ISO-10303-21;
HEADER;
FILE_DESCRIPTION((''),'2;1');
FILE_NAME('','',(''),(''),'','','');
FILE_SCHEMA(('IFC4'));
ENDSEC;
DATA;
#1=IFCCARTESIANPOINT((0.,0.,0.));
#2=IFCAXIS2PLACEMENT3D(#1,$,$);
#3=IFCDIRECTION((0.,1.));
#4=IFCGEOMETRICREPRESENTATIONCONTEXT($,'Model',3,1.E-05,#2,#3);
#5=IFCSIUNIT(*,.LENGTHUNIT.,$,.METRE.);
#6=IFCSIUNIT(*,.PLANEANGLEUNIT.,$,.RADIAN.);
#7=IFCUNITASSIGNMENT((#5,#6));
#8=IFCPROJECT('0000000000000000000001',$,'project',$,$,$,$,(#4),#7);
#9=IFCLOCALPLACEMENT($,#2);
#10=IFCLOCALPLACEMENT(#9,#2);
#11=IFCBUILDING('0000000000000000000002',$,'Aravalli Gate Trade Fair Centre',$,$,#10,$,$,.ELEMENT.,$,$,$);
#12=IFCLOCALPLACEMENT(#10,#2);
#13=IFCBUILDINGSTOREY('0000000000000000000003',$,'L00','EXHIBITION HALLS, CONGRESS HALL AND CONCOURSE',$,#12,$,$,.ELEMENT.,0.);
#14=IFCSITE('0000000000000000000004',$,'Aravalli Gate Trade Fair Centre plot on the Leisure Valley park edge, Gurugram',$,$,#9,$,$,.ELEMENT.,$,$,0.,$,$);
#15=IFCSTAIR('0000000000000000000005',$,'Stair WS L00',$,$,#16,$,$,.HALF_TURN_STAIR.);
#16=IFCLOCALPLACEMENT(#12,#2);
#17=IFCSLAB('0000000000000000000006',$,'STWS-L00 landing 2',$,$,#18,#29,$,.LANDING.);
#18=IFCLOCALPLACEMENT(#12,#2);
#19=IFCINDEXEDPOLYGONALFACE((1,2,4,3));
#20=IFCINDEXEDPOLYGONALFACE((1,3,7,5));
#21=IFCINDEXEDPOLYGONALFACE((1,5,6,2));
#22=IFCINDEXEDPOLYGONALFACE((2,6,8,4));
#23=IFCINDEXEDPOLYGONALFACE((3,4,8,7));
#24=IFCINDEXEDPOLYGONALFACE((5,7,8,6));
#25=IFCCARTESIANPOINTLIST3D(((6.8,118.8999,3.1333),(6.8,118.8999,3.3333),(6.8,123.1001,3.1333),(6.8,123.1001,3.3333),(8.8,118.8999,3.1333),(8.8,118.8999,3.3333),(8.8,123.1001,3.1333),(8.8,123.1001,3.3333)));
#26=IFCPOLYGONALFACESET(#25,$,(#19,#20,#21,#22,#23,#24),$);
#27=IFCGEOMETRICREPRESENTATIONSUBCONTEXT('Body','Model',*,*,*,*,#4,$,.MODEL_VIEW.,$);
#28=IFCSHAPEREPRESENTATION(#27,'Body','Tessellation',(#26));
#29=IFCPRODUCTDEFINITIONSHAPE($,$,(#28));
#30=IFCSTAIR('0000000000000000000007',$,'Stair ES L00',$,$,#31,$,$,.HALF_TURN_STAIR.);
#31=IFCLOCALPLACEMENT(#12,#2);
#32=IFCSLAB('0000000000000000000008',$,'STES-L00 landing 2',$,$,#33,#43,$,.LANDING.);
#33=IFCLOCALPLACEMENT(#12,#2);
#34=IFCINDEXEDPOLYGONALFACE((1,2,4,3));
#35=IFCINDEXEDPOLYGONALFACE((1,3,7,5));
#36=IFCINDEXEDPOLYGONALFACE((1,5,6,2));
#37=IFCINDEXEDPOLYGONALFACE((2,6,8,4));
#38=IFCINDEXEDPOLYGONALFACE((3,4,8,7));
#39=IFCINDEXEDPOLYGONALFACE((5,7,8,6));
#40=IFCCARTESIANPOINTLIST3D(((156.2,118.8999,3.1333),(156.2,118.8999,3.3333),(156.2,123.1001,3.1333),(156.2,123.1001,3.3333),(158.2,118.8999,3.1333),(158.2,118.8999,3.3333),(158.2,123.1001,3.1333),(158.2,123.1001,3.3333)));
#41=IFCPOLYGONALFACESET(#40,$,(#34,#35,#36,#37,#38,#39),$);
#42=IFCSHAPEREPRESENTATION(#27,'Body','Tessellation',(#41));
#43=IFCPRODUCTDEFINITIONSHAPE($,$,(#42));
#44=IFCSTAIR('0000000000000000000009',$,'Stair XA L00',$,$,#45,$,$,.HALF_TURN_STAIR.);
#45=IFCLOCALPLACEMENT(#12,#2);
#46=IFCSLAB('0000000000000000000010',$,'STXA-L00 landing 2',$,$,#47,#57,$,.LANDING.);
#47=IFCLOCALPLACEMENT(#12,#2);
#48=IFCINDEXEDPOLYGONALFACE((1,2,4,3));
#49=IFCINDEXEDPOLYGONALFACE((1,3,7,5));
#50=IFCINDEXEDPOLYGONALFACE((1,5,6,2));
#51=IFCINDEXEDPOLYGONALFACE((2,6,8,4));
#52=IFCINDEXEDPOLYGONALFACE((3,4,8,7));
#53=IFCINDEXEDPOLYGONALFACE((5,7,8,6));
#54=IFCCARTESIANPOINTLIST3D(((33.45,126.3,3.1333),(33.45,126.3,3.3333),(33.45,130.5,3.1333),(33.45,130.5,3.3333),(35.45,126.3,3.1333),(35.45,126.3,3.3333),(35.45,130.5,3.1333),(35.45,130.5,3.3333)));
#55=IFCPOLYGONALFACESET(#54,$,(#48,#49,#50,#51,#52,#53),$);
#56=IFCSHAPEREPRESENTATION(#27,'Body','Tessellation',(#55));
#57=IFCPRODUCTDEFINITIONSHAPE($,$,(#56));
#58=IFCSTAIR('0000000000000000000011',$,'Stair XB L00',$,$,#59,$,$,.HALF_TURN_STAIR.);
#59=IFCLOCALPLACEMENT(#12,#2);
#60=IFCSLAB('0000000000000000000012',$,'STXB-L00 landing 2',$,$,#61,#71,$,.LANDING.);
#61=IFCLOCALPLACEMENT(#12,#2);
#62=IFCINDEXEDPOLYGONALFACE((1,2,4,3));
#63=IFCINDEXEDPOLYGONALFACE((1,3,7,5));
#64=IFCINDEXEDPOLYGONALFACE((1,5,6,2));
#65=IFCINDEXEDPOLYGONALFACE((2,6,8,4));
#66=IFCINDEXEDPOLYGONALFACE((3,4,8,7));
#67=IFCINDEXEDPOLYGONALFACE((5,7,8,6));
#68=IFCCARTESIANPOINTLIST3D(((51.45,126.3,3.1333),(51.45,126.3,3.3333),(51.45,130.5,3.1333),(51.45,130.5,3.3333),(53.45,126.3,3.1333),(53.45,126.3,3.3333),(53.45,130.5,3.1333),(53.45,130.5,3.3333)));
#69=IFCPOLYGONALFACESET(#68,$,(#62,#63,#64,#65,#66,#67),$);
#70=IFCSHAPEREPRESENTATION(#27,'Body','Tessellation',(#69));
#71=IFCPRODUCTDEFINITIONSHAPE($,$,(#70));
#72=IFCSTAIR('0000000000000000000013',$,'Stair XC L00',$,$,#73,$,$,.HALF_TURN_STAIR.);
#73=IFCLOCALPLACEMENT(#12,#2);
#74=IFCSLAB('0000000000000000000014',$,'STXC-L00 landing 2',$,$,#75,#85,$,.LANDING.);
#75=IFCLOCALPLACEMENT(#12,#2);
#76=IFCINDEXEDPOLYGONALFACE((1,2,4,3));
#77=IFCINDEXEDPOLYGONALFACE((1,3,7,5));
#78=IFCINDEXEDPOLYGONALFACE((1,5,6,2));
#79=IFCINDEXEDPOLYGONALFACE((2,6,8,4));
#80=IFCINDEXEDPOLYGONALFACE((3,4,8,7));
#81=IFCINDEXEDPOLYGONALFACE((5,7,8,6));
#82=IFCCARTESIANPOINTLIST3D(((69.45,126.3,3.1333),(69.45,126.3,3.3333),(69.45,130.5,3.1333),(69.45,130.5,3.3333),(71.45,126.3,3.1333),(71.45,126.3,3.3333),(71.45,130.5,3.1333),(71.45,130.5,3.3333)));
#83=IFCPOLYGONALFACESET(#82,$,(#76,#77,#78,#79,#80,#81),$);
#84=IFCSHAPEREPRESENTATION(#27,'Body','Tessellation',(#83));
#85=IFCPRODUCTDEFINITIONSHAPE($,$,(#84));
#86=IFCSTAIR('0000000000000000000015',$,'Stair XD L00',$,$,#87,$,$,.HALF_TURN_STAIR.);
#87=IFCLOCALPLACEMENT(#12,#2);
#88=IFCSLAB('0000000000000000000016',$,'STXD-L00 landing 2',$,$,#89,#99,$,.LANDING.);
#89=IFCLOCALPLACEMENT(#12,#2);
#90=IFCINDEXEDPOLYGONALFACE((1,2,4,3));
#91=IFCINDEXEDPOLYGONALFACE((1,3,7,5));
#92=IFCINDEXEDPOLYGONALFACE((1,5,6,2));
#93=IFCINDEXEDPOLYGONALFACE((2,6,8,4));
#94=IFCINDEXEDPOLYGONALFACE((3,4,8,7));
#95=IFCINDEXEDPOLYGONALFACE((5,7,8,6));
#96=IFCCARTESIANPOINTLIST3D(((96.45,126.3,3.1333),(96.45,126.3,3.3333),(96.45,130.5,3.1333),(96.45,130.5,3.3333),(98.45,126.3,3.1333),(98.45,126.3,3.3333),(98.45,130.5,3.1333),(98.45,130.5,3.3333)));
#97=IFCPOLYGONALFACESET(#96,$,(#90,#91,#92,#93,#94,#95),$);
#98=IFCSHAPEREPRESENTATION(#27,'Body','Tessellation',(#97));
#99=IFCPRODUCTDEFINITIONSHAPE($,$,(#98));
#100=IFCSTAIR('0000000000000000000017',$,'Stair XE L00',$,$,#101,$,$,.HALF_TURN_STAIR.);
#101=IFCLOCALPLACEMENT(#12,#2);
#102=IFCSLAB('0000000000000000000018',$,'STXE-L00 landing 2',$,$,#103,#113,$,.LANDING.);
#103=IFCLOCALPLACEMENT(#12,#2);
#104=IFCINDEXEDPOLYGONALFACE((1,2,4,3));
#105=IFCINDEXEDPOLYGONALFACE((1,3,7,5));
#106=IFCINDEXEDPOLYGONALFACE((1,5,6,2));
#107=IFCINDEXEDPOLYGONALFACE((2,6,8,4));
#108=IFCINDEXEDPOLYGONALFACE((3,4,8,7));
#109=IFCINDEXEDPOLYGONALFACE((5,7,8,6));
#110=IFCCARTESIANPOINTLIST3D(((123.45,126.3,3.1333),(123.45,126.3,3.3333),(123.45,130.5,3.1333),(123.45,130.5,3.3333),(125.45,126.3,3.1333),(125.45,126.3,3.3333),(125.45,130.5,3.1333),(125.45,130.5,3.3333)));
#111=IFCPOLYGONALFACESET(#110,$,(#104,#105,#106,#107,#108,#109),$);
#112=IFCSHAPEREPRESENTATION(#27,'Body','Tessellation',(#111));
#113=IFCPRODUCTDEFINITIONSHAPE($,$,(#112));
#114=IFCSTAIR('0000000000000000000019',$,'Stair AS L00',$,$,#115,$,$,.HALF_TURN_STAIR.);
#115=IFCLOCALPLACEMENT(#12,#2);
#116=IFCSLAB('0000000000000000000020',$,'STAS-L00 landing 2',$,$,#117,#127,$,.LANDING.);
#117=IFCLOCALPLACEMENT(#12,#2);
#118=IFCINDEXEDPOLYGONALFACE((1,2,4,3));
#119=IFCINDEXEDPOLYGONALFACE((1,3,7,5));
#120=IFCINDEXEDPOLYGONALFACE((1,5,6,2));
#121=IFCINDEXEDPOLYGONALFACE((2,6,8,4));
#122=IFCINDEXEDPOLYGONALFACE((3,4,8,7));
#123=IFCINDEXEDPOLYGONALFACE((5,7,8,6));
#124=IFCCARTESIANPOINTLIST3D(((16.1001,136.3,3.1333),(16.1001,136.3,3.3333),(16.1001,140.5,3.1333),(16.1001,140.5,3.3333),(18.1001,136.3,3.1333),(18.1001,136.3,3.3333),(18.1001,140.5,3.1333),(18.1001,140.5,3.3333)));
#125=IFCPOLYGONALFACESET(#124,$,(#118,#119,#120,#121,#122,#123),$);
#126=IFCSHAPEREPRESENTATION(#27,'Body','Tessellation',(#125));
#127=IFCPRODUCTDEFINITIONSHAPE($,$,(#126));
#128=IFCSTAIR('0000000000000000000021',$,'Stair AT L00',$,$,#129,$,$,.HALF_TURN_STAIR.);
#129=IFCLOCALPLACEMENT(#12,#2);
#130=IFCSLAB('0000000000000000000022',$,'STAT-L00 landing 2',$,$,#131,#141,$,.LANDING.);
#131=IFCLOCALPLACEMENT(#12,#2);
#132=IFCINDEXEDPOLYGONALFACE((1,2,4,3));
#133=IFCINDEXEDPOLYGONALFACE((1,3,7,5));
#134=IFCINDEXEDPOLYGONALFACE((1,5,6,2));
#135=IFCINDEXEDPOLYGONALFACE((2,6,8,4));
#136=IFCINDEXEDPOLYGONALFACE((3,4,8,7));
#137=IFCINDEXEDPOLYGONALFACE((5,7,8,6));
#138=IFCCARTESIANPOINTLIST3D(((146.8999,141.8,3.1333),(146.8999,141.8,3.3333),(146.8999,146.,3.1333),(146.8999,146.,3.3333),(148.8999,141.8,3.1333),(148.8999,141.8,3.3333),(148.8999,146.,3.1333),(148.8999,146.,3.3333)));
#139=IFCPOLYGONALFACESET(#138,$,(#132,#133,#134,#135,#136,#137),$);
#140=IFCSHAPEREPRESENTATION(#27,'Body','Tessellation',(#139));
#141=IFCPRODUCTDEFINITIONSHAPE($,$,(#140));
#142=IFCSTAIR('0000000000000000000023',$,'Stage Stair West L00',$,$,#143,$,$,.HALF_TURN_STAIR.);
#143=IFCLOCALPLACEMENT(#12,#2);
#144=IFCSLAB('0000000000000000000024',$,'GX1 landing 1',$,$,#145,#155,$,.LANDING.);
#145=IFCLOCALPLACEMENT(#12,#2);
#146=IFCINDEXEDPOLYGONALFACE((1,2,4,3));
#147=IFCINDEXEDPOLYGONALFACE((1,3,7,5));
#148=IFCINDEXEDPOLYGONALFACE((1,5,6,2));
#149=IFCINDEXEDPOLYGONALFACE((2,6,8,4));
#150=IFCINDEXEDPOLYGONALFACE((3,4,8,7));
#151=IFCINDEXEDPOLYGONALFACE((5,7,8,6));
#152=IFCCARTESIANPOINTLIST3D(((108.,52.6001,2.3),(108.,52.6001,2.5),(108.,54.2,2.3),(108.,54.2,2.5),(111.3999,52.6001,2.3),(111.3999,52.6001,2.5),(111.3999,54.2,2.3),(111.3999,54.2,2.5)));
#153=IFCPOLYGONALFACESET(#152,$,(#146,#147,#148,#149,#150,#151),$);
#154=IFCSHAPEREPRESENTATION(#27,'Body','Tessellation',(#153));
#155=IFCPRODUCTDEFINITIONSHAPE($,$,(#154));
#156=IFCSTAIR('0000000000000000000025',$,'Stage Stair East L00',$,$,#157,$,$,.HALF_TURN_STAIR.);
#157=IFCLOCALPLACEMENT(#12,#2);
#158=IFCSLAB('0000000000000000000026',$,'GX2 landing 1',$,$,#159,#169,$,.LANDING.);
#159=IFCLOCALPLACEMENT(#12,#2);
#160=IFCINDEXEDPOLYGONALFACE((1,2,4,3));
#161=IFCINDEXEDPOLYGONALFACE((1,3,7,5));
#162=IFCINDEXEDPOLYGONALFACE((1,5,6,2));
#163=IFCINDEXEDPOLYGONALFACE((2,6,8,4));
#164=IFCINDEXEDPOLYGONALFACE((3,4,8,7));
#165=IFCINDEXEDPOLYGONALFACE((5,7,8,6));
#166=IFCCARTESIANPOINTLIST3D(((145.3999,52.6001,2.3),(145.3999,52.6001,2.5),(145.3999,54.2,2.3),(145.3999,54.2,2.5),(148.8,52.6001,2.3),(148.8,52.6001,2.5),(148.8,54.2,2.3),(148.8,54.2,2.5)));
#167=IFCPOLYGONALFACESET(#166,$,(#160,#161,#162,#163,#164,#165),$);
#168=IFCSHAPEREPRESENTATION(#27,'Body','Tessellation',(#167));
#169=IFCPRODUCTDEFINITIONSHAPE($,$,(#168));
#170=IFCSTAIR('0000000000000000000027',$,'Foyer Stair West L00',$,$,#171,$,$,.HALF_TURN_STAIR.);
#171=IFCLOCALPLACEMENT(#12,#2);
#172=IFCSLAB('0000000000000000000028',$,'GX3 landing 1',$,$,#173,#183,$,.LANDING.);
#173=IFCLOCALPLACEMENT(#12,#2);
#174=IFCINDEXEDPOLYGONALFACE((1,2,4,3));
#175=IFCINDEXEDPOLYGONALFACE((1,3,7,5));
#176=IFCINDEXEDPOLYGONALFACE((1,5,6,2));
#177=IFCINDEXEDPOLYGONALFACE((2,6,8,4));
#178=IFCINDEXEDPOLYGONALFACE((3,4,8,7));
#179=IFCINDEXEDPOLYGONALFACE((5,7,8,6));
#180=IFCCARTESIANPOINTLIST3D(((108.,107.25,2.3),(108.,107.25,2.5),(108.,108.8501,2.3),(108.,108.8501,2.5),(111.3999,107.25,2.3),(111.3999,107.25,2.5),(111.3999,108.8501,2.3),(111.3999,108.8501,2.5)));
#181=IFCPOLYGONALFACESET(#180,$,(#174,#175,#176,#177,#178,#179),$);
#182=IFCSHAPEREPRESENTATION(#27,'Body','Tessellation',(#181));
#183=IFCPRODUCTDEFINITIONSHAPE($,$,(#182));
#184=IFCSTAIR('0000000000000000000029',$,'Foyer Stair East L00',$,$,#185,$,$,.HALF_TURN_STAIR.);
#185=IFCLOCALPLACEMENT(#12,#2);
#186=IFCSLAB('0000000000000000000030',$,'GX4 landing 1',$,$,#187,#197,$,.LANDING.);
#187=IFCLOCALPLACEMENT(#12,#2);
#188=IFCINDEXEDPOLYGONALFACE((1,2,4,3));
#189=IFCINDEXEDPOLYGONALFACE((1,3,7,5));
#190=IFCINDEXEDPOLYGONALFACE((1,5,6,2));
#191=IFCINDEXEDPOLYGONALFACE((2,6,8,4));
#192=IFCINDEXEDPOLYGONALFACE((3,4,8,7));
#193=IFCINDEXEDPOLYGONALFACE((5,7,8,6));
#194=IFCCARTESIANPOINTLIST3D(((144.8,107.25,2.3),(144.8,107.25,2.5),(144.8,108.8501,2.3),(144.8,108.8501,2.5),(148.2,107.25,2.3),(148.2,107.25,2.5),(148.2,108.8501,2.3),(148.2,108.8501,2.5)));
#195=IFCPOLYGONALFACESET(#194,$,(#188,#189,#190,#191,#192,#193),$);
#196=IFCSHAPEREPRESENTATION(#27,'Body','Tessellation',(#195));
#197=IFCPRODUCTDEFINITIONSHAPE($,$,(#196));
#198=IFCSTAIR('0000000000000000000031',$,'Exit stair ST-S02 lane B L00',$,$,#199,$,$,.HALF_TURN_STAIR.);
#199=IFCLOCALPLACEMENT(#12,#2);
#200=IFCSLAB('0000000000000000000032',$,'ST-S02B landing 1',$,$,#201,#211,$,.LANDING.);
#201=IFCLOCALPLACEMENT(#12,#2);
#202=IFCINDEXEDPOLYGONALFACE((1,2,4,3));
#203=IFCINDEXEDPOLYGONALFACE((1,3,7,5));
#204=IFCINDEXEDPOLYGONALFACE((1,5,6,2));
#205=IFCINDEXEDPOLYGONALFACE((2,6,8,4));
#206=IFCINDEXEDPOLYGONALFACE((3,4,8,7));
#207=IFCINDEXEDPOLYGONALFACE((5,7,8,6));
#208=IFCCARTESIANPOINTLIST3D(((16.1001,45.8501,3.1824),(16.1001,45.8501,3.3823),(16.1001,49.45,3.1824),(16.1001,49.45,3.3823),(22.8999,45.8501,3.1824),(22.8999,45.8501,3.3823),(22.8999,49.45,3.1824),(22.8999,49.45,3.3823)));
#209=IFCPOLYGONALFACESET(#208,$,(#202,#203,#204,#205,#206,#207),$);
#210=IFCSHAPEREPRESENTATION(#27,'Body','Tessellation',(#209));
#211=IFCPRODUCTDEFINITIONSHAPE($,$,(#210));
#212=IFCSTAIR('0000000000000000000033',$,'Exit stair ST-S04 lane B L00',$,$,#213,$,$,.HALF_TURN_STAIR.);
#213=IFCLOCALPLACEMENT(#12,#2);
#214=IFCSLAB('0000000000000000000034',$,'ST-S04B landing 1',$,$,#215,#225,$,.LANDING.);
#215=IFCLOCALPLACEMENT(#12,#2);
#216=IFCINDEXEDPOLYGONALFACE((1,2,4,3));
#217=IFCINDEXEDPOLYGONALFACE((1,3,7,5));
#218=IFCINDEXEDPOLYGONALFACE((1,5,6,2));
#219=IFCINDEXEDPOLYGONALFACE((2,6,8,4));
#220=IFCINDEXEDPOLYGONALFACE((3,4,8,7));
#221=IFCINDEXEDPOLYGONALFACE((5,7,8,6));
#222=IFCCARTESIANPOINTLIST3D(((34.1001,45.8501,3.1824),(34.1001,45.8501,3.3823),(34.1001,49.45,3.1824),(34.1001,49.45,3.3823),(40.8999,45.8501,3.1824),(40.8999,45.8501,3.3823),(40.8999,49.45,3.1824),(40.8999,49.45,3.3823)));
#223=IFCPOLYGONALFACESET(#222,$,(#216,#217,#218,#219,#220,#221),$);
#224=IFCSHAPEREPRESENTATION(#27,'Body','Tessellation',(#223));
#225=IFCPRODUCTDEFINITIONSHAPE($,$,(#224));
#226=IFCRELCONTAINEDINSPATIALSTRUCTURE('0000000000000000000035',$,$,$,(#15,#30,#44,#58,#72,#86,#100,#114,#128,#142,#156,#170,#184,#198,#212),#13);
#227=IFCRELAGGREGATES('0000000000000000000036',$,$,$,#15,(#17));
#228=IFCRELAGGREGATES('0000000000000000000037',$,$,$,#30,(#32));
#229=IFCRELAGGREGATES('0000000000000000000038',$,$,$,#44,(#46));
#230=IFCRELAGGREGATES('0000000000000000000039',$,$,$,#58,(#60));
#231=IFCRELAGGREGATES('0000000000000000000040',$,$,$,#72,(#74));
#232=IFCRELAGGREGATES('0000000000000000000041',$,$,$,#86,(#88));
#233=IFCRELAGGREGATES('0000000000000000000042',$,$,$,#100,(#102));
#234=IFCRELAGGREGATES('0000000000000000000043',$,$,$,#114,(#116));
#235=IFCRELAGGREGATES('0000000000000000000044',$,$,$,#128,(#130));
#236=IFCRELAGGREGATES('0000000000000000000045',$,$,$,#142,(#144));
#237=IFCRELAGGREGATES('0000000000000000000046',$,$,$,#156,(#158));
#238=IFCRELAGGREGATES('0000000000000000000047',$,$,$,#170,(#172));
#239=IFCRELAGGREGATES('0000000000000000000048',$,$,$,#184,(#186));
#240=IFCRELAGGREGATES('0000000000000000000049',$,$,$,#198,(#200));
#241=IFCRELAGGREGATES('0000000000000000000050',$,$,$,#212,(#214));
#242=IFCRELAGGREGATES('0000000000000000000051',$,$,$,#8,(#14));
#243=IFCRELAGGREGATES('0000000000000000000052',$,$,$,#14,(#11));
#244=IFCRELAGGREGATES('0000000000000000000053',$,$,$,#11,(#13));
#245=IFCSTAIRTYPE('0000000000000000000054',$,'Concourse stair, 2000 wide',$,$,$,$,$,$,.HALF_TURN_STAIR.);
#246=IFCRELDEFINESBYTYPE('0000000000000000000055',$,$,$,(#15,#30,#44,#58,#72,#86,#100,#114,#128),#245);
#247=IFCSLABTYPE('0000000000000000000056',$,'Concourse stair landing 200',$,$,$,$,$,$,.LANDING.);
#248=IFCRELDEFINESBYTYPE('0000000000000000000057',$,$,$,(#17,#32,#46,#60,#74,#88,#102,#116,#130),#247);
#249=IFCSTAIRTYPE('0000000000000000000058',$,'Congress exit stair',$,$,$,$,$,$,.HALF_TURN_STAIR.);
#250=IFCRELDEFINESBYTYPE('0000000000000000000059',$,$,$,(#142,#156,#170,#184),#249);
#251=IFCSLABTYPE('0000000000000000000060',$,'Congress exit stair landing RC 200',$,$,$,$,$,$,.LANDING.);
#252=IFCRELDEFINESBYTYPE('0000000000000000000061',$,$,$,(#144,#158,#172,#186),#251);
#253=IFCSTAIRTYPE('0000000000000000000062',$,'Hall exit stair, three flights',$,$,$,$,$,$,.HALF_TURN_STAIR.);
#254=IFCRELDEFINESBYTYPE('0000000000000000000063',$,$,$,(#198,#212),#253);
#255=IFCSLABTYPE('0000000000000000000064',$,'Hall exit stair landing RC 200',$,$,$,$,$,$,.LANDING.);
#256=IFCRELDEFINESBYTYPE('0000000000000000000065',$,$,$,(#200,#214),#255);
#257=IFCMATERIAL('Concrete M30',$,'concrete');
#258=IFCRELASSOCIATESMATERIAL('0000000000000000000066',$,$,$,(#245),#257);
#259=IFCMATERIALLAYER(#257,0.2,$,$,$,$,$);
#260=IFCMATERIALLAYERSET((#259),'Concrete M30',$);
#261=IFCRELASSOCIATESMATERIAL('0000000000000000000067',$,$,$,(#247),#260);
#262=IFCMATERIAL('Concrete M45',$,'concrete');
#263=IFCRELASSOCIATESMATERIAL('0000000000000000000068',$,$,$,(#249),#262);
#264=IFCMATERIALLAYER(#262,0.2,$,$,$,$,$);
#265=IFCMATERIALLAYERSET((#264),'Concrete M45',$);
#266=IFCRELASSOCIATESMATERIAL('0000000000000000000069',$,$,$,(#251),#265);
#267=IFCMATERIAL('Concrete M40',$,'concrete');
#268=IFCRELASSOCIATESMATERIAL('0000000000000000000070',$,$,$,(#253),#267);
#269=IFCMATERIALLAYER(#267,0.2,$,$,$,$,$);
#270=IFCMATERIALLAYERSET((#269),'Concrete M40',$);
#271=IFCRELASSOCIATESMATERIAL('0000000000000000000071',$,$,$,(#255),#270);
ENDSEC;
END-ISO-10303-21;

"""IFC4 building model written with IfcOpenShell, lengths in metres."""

from ifc_helpers import new_model, si_unit, direction, frame, origin, place, context, subcontext, project, spatial, polyline, outline, extrude, material, layer, layer_set, type_object, element, aggregate, save


model = new_model("IFC4")

# Units and contexts
model_context = context("Model", 3, precision=1e-05, world=origin(), true_north=direction((0.0, 1.0)))
body_context = subcontext(model_context, "Body", "Model", "MODEL_VIEW")
ifc_project = project(units=[si_unit("LENGTHUNIT", "METRE"), si_unit("PLANEANGLEUNIT", "RADIAN")], contexts=[model_context])

# Site, building, storey
site_placement = place(None, origin())
site = spatial("IfcSite", under=ifc_project, at=site_placement, Name="Aravalli Gate Trade Fair Centre plot on the Leisure Valley park edge, Gurugram", CompositionType="ELEMENT", RefElevation=0.0)
building_placement = place(site_placement, origin())
building = spatial("IfcBuilding", under=site, at=building_placement, Name="Aravalli Gate Trade Fair Centre", CompositionType="ELEMENT")
storey_placement = place(building_placement, origin())
storey = spatial("IfcBuildingStorey", under=building, at=storey_placement, Name="L00", Description="EXHIBITION HALLS, CONGRESS HALL AND CONCOURSE", CompositionType="ELEMENT", Elevation=0.0)

# Stairs, slabs
ifc_material_1 = material(Name="Concrete M30", Category="concrete")
stair_type_1 = type_object("IfcStairType", Name="Concourse stair, 2000 wide", PredefinedType="HALF_TURN_STAIR", material=ifc_material_1)
stair_1_placement = place(storey_placement, origin())
stair_1 = element("IfcStair", 1, at=stair_1_placement, inside=storey, type_object=stair_type_1, Name="Stair WS L00", PredefinedType="HALF_TURN_STAIR")
ifc_layer_1 = layer(ifc_material_1, 0.2)
ifc_layer_set_1 = layer_set([ifc_layer_1], Name="Concrete M30")
slab_type_1 = type_object("IfcSlabType", Name="Concourse stair landing 200", PredefinedType="LANDING", material=ifc_layer_set_1)
slab_1_placement = place(storey_placement, frame((0.0, 0.0, 3.1333)))
slab_1 = element("IfcSlab", 2, at=slab_1_placement, type_object=slab_type_1, Name="STWS-L00 landing 2", PredefinedType="LANDING", context=body_context, shape_type="SweptSolid", body=[
    extrude(outline(polyline([(6.8, 118.8999), (8.8, 118.8999), (8.8, 123.1001), (6.8, 123.1001), (6.8, 118.8999)])), origin(), (0.0, 0.0, 1.0), 0.2),
])
aggregate(stair_1, [slab_1])
stair_2_placement = place(storey_placement, origin())
stair_2 = element("IfcStair", 3, at=stair_2_placement, inside=storey, type_object=stair_type_1, Name="Stair ES L00", PredefinedType="HALF_TURN_STAIR")
slab_2_placement = place(storey_placement, frame((0.0, 0.0, 3.1333)))
slab_2 = element("IfcSlab", 4, at=slab_2_placement, type_object=slab_type_1, Name="STES-L00 landing 2", PredefinedType="LANDING", context=body_context, shape_type="SweptSolid", body=[
    extrude(outline(polyline([(156.2, 118.8999), (158.2, 118.8999), (158.2, 123.1001), (156.2, 123.1001), (156.2, 118.8999)])), origin(), (0.0, 0.0, 1.0), 0.2),
])
aggregate(stair_2, [slab_2])
stair_3_placement = place(storey_placement, origin())
stair_3 = element("IfcStair", 5, at=stair_3_placement, inside=storey, type_object=stair_type_1, Name="Stair XA L00", PredefinedType="HALF_TURN_STAIR")
slab_3_placement = place(storey_placement, frame((0.0, 0.0, 3.1333)))
slab_3 = element("IfcSlab", 6, at=slab_3_placement, type_object=slab_type_1, Name="STXA-L00 landing 2", PredefinedType="LANDING", context=body_context, shape_type="SweptSolid", body=[
    extrude(outline(polyline([(33.45, 126.3), (35.45, 126.3), (35.45, 130.5), (33.45, 130.5), (33.45, 126.3)])), origin(), (0.0, 0.0, 1.0), 0.2),
])
aggregate(stair_3, [slab_3])
stair_4_placement = place(storey_placement, origin())
stair_4 = element("IfcStair", 7, at=stair_4_placement, inside=storey, type_object=stair_type_1, Name="Stair XB L00", PredefinedType="HALF_TURN_STAIR")
slab_4_placement = place(storey_placement, frame((0.0, 0.0, 3.1333)))
slab_4 = element("IfcSlab", 8, at=slab_4_placement, type_object=slab_type_1, Name="STXB-L00 landing 2", PredefinedType="LANDING", context=body_context, shape_type="SweptSolid", body=[
    extrude(outline(polyline([(51.45, 126.3), (53.45, 126.3), (53.45, 130.5), (51.45, 130.5), (51.45, 126.3)])), origin(), (0.0, 0.0, 1.0), 0.2),
])
aggregate(stair_4, [slab_4])
stair_5_placement = place(storey_placement, origin())
stair_5 = element("IfcStair", 9, at=stair_5_placement, inside=storey, type_object=stair_type_1, Name="Stair XC L00", PredefinedType="HALF_TURN_STAIR")
slab_5_placement = place(storey_placement, frame((0.0, 0.0, 3.1333)))
slab_5 = element("IfcSlab", 10, at=slab_5_placement, type_object=slab_type_1, Name="STXC-L00 landing 2", PredefinedType="LANDING", context=body_context, shape_type="SweptSolid", body=[
    extrude(outline(polyline([(69.45, 126.3), (71.45, 126.3), (71.45, 130.5), (69.45, 130.5), (69.45, 126.3)])), origin(), (0.0, 0.0, 1.0), 0.2),
])
aggregate(stair_5, [slab_5])
stair_6_placement = place(storey_placement, origin())
stair_6 = element("IfcStair", 11, at=stair_6_placement, inside=storey, type_object=stair_type_1, Name="Stair XD L00", PredefinedType="HALF_TURN_STAIR")
slab_6_placement = place(storey_placement, frame((0.0, 0.0, 3.1333)))
slab_6 = element("IfcSlab", 12, at=slab_6_placement, type_object=slab_type_1, Name="STXD-L00 landing 2", PredefinedType="LANDING", context=body_context, shape_type="SweptSolid", body=[
    extrude(outline(polyline([(96.45, 126.3), (98.45, 126.3), (98.45, 130.5), (96.45, 130.5), (96.45, 126.3)])), origin(), (0.0, 0.0, 1.0), 0.2),
])
aggregate(stair_6, [slab_6])
stair_7_placement = place(storey_placement, origin())
stair_7 = element("IfcStair", 13, at=stair_7_placement, inside=storey, type_object=stair_type_1, Name="Stair XE L00", PredefinedType="HALF_TURN_STAIR")
slab_7_placement = place(storey_placement, frame((0.0, 0.0, 3.1333)))
slab_7 = element("IfcSlab", 14, at=slab_7_placement, type_object=slab_type_1, Name="STXE-L00 landing 2", PredefinedType="LANDING", context=body_context, shape_type="SweptSolid", body=[
    extrude(outline(polyline([(123.45, 126.3), (125.45, 126.3), (125.45, 130.5), (123.45, 130.5), (123.45, 126.3)])), origin(), (0.0, 0.0, 1.0), 0.2),
])
aggregate(stair_7, [slab_7])
stair_8_placement = place(storey_placement, origin())
stair_8 = element("IfcStair", 15, at=stair_8_placement, inside=storey, type_object=stair_type_1, Name="Stair AS L00", PredefinedType="HALF_TURN_STAIR")
slab_8_placement = place(storey_placement, frame((0.0, 0.0, 3.1333)))
slab_8 = element("IfcSlab", 16, at=slab_8_placement, type_object=slab_type_1, Name="STAS-L00 landing 2", PredefinedType="LANDING", context=body_context, shape_type="SweptSolid", body=[
    extrude(outline(polyline([(16.1001, 136.3), (18.1001, 136.3), (18.1001, 140.5), (16.1001, 140.5), (16.1001, 136.3)])), origin(), (0.0, 0.0, 1.0), 0.2),
])
aggregate(stair_8, [slab_8])
stair_9_placement = place(storey_placement, origin())
stair_9 = element("IfcStair", 17, at=stair_9_placement, inside=storey, type_object=stair_type_1, Name="Stair AT L00", PredefinedType="HALF_TURN_STAIR")
slab_9_placement = place(storey_placement, frame((0.0, 0.0, 3.1333)))
slab_9 = element("IfcSlab", 18, at=slab_9_placement, type_object=slab_type_1, Name="STAT-L00 landing 2", PredefinedType="LANDING", context=body_context, shape_type="SweptSolid", body=[
    extrude(outline(polyline([(146.8999, 141.8), (148.8999, 141.8), (148.8999, 146.0), (146.8999, 146.0), (146.8999, 141.8)])), origin(), (0.0, 0.0, 1.0), 0.2),
])
aggregate(stair_9, [slab_9])
ifc_material_2 = material(Name="Concrete M45", Category="concrete")
stair_type_2 = type_object("IfcStairType", Name="Congress exit stair", PredefinedType="HALF_TURN_STAIR", material=ifc_material_2)
stair_10_placement = place(storey_placement, origin())
stair_10 = element("IfcStair", 19, at=stair_10_placement, inside=storey, type_object=stair_type_2, Name="Stage Stair West L00", PredefinedType="HALF_TURN_STAIR")
ifc_layer_2 = layer(ifc_material_2, 0.2)
ifc_layer_set_2 = layer_set([ifc_layer_2], Name="Concrete M45")
slab_type_2 = type_object("IfcSlabType", Name="Congress exit stair landing RC 200", PredefinedType="LANDING", material=ifc_layer_set_2)
slab_10_placement = place(storey_placement, frame((0.0, 0.0, 2.3)))
slab_10 = element("IfcSlab", 20, at=slab_10_placement, type_object=slab_type_2, Name="GX1 landing 1", PredefinedType="LANDING", context=body_context, shape_type="SweptSolid", body=[
    extrude(outline(polyline([(108.0, 52.6001), (111.3999, 52.6001), (111.3999, 54.2), (108.0, 54.2), (108.0, 52.6001)])), origin(), (0.0, 0.0, 1.0), 0.2),
])
aggregate(stair_10, [slab_10])
stair_11_placement = place(storey_placement, origin())
stair_11 = element("IfcStair", 21, at=stair_11_placement, inside=storey, type_object=stair_type_2, Name="Stage Stair East L00", PredefinedType="HALF_TURN_STAIR")
slab_11_placement = place(storey_placement, frame((0.0, 0.0, 2.3)))
slab_11 = element("IfcSlab", 22, at=slab_11_placement, type_object=slab_type_2, Name="GX2 landing 1", PredefinedType="LANDING", context=body_context, shape_type="SweptSolid", body=[
    extrude(outline(polyline([(145.3999, 52.6001), (148.8, 52.6001), (148.8, 54.2), (145.3999, 54.2), (145.3999, 52.6001)])), origin(), (0.0, 0.0, 1.0), 0.2),
])
aggregate(stair_11, [slab_11])
stair_12_placement = place(storey_placement, origin())
stair_12 = element("IfcStair", 23, at=stair_12_placement, inside=storey, type_object=stair_type_2, Name="Foyer Stair West L00", PredefinedType="HALF_TURN_STAIR")
slab_12_placement = place(storey_placement, frame((0.0, 0.0, 2.3)))
slab_12 = element("IfcSlab", 24, at=slab_12_placement, type_object=slab_type_2, Name="GX3 landing 1", PredefinedType="LANDING", context=body_context, shape_type="SweptSolid", body=[
    extrude(outline(polyline([(108.0, 107.25), (111.3999, 107.25), (111.3999, 108.8501), (108.0, 108.8501), (108.0, 107.25)])), origin(), (0.0, 0.0, 1.0), 0.2),
])
aggregate(stair_12, [slab_12])
stair_13_placement = place(storey_placement, origin())
stair_13 = element("IfcStair", 25, at=stair_13_placement, inside=storey, type_object=stair_type_2, Name="Foyer Stair East L00", PredefinedType="HALF_TURN_STAIR")
slab_13_placement = place(storey_placement, frame((0.0, 0.0, 2.3)))
slab_13 = element("IfcSlab", 26, at=slab_13_placement, type_object=slab_type_2, Name="GX4 landing 1", PredefinedType="LANDING", context=body_context, shape_type="SweptSolid", body=[
    extrude(outline(polyline([(144.8, 107.25), (148.2, 107.25), (148.2, 108.8501), (144.8, 108.8501), (144.8, 107.25)])), origin(), (0.0, 0.0, 1.0), 0.2),
])
aggregate(stair_13, [slab_13])
ifc_material_3 = material(Name="Concrete M40", Category="concrete")
stair_type_3 = type_object("IfcStairType", Name="Hall exit stair, three flights", PredefinedType="HALF_TURN_STAIR", material=ifc_material_3)
stair_14_placement = place(storey_placement, origin())
stair_14 = element("IfcStair", 27, at=stair_14_placement, inside=storey, type_object=stair_type_3, Name="Exit stair ST-S02 lane B L00", PredefinedType="HALF_TURN_STAIR")
ifc_layer_3 = layer(ifc_material_3, 0.2)
ifc_layer_set_3 = layer_set([ifc_layer_3], Name="Concrete M40")
slab_type_3 = type_object("IfcSlabType", Name="Hall exit stair landing RC 200", PredefinedType="LANDING", material=ifc_layer_set_3)
slab_14_placement = place(storey_placement, frame((0.0, 0.0, 3.1824)))
slab_14 = element("IfcSlab", 28, at=slab_14_placement, type_object=slab_type_3, Name="ST-S02B landing 1", PredefinedType="LANDING", context=body_context, shape_type="SweptSolid", body=[
    extrude(outline(polyline([(16.1001, 45.8501), (22.8999, 45.8501), (22.8999, 49.45), (16.1001, 49.45), (16.1001, 45.8501)])), origin(), (0.0, 0.0, 1.0), 0.2),
])
aggregate(stair_14, [slab_14])
stair_15_placement = place(storey_placement, origin())
stair_15 = element("IfcStair", 29, at=stair_15_placement, inside=storey, type_object=stair_type_3, Name="Exit stair ST-S04 lane B L00", PredefinedType="HALF_TURN_STAIR")
slab_15_placement = place(storey_placement, frame((0.0, 0.0, 3.1824)))
slab_15 = element("IfcSlab", 30, at=slab_15_placement, type_object=slab_type_3, Name="ST-S04B landing 1", PredefinedType="LANDING", context=body_context, shape_type="SweptSolid", body=[
    extrude(outline(polyline([(34.1001, 45.8501), (40.8999, 45.8501), (40.8999, 49.45), (34.1001, 49.45), (34.1001, 45.8501)])), origin(), (0.0, 0.0, 1.0), 0.2),
])
aggregate(stair_15, [slab_15])

save(model, "model.ifc")
